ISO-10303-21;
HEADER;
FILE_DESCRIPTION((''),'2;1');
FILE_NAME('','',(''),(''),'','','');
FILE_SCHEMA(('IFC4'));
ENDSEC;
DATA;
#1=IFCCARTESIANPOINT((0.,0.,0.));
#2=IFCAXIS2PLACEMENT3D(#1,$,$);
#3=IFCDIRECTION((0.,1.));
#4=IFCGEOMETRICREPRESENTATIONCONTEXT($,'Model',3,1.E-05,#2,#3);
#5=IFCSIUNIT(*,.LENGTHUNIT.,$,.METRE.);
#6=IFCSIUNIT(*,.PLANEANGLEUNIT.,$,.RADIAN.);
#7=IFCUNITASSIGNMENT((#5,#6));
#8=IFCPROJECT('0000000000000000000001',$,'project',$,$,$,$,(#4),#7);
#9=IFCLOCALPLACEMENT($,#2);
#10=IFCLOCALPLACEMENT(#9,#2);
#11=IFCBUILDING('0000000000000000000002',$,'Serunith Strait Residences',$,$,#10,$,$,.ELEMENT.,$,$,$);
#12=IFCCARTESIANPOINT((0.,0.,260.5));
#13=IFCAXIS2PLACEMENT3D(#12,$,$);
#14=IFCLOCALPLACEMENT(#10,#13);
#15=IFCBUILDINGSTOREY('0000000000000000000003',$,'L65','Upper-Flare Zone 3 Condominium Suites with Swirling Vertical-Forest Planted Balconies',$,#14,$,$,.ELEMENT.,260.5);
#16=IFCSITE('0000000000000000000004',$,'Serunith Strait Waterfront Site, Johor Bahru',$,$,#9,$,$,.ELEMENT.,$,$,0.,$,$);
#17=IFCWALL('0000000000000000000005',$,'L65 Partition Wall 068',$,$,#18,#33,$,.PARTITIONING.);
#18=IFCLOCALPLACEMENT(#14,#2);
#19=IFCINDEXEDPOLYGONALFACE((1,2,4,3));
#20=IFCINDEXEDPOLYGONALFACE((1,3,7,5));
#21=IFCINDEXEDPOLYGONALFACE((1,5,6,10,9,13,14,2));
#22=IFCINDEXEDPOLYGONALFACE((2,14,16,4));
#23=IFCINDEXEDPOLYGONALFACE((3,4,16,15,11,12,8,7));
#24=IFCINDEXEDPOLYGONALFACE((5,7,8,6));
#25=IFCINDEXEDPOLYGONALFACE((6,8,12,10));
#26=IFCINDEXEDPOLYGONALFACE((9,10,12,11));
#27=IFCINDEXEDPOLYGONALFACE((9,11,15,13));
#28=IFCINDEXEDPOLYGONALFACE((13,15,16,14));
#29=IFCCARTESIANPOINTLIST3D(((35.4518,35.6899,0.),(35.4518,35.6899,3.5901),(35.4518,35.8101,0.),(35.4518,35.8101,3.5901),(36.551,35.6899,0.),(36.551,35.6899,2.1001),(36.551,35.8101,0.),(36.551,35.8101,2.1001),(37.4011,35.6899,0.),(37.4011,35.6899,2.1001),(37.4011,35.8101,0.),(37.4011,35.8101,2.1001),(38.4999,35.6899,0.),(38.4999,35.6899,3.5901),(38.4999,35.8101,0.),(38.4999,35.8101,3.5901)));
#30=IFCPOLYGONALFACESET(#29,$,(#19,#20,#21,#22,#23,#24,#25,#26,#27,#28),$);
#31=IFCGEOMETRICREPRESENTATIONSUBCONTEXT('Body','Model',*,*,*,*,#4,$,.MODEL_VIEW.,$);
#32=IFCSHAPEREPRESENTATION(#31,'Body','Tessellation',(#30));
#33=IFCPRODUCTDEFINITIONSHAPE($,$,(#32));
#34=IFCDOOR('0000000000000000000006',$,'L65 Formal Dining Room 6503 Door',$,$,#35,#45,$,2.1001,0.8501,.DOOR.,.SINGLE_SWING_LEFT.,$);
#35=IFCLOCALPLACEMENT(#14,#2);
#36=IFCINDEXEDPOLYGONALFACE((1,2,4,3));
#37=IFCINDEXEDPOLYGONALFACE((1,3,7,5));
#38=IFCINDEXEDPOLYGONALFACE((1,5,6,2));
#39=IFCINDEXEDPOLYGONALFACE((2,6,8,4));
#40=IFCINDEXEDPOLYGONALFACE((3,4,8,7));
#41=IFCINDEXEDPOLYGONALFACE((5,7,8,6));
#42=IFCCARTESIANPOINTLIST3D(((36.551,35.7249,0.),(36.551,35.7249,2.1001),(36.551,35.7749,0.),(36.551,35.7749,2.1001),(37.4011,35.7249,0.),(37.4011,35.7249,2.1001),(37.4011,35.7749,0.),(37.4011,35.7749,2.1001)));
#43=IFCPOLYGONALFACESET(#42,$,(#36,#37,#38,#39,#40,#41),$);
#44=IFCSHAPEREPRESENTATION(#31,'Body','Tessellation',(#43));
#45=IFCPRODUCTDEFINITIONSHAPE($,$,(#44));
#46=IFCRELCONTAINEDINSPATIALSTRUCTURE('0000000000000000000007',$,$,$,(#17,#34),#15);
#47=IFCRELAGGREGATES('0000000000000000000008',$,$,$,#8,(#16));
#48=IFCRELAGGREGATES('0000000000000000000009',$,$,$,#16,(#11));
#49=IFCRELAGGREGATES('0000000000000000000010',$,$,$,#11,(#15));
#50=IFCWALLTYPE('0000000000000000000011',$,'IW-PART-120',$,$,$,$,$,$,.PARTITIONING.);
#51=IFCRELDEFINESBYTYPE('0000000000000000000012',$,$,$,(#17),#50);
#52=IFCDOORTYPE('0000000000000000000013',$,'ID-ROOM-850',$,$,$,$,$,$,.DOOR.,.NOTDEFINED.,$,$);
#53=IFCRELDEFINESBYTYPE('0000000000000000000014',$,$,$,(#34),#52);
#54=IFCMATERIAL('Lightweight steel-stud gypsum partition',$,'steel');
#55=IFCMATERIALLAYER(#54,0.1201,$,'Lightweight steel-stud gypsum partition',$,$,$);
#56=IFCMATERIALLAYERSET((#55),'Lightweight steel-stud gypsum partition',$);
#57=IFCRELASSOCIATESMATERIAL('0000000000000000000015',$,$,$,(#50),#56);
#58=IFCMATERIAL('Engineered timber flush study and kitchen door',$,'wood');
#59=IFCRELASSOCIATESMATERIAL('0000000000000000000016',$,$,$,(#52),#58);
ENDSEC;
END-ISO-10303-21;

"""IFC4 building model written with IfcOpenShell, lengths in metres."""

from ifc_helpers import new_model, si_unit, direction, frame, frame_2d, origin, place, context, subcontext, project, spatial, rectangle, extrude, source, transform, mapped, material, layer, layer_set, type_object, element, fill, save


model = new_model("IFC4")

# Units and contexts
model_context = context("Model", 3, precision=1e-05, world=origin(), true_north=direction((0.0, 1.0)))
body_context = subcontext(model_context, "Body", "Model", "MODEL_VIEW")
ifc_project = project(units=[si_unit("LENGTHUNIT", "METRE"), si_unit("PLANEANGLEUNIT", "RADIAN")], contexts=[model_context])

# Site, building, storey
site_placement = place(None, origin())
site = spatial("IfcSite", under=ifc_project, at=site_placement, Name="Serunith Strait Waterfront Site, Johor Bahru", CompositionType="ELEMENT", RefElevation=0.0)
building_placement = place(site_placement, origin())
building = spatial("IfcBuilding", under=site, at=building_placement, Name="Serunith Strait Residences", CompositionType="ELEMENT")
storey_placement = place(building_placement, frame((0.0, 0.0, 260.5)))
storey = spatial("IfcBuildingStorey", under=building, at=storey_placement, Name="L65", Description="Upper-Flare Zone 3 Condominium Suites with Swirling Vertical-Forest Planted Balconies", CompositionType="ELEMENT", Elevation=260.5)

# Shared definitions
ifc_material_1 = material(Name="Lightweight steel-stud gypsum partition", Category="steel")
ifc_layer_1 = layer(ifc_material_1, 0.1201, Name="Lightweight steel-stud gypsum partition")
ifc_layer_set_1 = layer_set([ifc_layer_1], Name="Lightweight steel-stud gypsum partition")
wall_type = type_object("IfcWallType", Name="IW-PART-120", PredefinedType="PARTITIONING", material=ifc_layer_set_1)
ifc_material_2 = material(Name="Engineered timber flush study and kitchen door", Category="wood")
door_type_1 = type_object("IfcDoorType", Name="ID-ROOM-850", OperationType="NOTDEFINED", PredefinedType="DOOR", material=ifc_material_2)
shared_shape_1 = source(origin(), body_context, "Body", "SweptSolid", [
    extrude(rectangle(XDim=0.8501, YDim=2.1001, at=frame_2d((0.425, 1.05))), frame((0.0, 0.0249, 0.0), z_axis=(0.0, -1.0, 0.0), x_axis=(1.0, 0.0, 0.0)), (0.0, 0.0, 1.0), 0.05),
])

# Wall, opening, door
wall_1_placement = place(storey_placement, frame((35.4519, 35.75, 0.0), z_axis=(0.0, 0.0, 1.0), x_axis=(1.0, 0.0, 0.0)))
wall_1 = element("IfcWall", 1, at=wall_1_placement, inside=storey, type_object=wall_type, Name="L65 Partition Wall 068", PredefinedType="PARTITIONING", context=body_context, shape_type="SweptSolid", body=[
    extrude(rectangle(XDim=3.0481, YDim=0.1201, at=frame_2d((1.5239, 0.0))), origin(), (0.0, 0.0, 1.0), 3.5901),
])
opening_1_placement = place(wall_1_placement, frame((1.0991, 0.0, 0.0)))
opening_1 = element("IfcOpeningElement", 2, at=opening_1_placement, cuts=wall_1, PredefinedType="OPENING", context=body_context, shape_type="SweptSolid", body=[
    extrude(rectangle(XDim=0.8501, YDim=2.1001, at=frame_2d((0.425, 1.05))), frame((0.0, 0.0701, 0.0), z_axis=(0.0, -1.0, 0.0), x_axis=(1.0, 0.0, 0.0)), (0.0, 0.0, 1.0), 0.1401),
])
door_1_placement = place(opening_1_placement, origin())
door_1 = element("IfcDoor", 3, at=door_1_placement, inside=storey, type_object=door_type_1, Name="L65 Formal Dining Room 6503 Door", OperationType="SINGLE_SWING_LEFT", OverallHeight=2.1001, OverallWidth=0.8501, PredefinedType="DOOR", context=body_context, shape_type="MappedRepresentation", body=[
    mapped(shared_shape_1, transform((0.0, 0.0, 0.0), scale=1.0)),
])
fill(opening_1, door_1)

save(model, "model.ifc")
